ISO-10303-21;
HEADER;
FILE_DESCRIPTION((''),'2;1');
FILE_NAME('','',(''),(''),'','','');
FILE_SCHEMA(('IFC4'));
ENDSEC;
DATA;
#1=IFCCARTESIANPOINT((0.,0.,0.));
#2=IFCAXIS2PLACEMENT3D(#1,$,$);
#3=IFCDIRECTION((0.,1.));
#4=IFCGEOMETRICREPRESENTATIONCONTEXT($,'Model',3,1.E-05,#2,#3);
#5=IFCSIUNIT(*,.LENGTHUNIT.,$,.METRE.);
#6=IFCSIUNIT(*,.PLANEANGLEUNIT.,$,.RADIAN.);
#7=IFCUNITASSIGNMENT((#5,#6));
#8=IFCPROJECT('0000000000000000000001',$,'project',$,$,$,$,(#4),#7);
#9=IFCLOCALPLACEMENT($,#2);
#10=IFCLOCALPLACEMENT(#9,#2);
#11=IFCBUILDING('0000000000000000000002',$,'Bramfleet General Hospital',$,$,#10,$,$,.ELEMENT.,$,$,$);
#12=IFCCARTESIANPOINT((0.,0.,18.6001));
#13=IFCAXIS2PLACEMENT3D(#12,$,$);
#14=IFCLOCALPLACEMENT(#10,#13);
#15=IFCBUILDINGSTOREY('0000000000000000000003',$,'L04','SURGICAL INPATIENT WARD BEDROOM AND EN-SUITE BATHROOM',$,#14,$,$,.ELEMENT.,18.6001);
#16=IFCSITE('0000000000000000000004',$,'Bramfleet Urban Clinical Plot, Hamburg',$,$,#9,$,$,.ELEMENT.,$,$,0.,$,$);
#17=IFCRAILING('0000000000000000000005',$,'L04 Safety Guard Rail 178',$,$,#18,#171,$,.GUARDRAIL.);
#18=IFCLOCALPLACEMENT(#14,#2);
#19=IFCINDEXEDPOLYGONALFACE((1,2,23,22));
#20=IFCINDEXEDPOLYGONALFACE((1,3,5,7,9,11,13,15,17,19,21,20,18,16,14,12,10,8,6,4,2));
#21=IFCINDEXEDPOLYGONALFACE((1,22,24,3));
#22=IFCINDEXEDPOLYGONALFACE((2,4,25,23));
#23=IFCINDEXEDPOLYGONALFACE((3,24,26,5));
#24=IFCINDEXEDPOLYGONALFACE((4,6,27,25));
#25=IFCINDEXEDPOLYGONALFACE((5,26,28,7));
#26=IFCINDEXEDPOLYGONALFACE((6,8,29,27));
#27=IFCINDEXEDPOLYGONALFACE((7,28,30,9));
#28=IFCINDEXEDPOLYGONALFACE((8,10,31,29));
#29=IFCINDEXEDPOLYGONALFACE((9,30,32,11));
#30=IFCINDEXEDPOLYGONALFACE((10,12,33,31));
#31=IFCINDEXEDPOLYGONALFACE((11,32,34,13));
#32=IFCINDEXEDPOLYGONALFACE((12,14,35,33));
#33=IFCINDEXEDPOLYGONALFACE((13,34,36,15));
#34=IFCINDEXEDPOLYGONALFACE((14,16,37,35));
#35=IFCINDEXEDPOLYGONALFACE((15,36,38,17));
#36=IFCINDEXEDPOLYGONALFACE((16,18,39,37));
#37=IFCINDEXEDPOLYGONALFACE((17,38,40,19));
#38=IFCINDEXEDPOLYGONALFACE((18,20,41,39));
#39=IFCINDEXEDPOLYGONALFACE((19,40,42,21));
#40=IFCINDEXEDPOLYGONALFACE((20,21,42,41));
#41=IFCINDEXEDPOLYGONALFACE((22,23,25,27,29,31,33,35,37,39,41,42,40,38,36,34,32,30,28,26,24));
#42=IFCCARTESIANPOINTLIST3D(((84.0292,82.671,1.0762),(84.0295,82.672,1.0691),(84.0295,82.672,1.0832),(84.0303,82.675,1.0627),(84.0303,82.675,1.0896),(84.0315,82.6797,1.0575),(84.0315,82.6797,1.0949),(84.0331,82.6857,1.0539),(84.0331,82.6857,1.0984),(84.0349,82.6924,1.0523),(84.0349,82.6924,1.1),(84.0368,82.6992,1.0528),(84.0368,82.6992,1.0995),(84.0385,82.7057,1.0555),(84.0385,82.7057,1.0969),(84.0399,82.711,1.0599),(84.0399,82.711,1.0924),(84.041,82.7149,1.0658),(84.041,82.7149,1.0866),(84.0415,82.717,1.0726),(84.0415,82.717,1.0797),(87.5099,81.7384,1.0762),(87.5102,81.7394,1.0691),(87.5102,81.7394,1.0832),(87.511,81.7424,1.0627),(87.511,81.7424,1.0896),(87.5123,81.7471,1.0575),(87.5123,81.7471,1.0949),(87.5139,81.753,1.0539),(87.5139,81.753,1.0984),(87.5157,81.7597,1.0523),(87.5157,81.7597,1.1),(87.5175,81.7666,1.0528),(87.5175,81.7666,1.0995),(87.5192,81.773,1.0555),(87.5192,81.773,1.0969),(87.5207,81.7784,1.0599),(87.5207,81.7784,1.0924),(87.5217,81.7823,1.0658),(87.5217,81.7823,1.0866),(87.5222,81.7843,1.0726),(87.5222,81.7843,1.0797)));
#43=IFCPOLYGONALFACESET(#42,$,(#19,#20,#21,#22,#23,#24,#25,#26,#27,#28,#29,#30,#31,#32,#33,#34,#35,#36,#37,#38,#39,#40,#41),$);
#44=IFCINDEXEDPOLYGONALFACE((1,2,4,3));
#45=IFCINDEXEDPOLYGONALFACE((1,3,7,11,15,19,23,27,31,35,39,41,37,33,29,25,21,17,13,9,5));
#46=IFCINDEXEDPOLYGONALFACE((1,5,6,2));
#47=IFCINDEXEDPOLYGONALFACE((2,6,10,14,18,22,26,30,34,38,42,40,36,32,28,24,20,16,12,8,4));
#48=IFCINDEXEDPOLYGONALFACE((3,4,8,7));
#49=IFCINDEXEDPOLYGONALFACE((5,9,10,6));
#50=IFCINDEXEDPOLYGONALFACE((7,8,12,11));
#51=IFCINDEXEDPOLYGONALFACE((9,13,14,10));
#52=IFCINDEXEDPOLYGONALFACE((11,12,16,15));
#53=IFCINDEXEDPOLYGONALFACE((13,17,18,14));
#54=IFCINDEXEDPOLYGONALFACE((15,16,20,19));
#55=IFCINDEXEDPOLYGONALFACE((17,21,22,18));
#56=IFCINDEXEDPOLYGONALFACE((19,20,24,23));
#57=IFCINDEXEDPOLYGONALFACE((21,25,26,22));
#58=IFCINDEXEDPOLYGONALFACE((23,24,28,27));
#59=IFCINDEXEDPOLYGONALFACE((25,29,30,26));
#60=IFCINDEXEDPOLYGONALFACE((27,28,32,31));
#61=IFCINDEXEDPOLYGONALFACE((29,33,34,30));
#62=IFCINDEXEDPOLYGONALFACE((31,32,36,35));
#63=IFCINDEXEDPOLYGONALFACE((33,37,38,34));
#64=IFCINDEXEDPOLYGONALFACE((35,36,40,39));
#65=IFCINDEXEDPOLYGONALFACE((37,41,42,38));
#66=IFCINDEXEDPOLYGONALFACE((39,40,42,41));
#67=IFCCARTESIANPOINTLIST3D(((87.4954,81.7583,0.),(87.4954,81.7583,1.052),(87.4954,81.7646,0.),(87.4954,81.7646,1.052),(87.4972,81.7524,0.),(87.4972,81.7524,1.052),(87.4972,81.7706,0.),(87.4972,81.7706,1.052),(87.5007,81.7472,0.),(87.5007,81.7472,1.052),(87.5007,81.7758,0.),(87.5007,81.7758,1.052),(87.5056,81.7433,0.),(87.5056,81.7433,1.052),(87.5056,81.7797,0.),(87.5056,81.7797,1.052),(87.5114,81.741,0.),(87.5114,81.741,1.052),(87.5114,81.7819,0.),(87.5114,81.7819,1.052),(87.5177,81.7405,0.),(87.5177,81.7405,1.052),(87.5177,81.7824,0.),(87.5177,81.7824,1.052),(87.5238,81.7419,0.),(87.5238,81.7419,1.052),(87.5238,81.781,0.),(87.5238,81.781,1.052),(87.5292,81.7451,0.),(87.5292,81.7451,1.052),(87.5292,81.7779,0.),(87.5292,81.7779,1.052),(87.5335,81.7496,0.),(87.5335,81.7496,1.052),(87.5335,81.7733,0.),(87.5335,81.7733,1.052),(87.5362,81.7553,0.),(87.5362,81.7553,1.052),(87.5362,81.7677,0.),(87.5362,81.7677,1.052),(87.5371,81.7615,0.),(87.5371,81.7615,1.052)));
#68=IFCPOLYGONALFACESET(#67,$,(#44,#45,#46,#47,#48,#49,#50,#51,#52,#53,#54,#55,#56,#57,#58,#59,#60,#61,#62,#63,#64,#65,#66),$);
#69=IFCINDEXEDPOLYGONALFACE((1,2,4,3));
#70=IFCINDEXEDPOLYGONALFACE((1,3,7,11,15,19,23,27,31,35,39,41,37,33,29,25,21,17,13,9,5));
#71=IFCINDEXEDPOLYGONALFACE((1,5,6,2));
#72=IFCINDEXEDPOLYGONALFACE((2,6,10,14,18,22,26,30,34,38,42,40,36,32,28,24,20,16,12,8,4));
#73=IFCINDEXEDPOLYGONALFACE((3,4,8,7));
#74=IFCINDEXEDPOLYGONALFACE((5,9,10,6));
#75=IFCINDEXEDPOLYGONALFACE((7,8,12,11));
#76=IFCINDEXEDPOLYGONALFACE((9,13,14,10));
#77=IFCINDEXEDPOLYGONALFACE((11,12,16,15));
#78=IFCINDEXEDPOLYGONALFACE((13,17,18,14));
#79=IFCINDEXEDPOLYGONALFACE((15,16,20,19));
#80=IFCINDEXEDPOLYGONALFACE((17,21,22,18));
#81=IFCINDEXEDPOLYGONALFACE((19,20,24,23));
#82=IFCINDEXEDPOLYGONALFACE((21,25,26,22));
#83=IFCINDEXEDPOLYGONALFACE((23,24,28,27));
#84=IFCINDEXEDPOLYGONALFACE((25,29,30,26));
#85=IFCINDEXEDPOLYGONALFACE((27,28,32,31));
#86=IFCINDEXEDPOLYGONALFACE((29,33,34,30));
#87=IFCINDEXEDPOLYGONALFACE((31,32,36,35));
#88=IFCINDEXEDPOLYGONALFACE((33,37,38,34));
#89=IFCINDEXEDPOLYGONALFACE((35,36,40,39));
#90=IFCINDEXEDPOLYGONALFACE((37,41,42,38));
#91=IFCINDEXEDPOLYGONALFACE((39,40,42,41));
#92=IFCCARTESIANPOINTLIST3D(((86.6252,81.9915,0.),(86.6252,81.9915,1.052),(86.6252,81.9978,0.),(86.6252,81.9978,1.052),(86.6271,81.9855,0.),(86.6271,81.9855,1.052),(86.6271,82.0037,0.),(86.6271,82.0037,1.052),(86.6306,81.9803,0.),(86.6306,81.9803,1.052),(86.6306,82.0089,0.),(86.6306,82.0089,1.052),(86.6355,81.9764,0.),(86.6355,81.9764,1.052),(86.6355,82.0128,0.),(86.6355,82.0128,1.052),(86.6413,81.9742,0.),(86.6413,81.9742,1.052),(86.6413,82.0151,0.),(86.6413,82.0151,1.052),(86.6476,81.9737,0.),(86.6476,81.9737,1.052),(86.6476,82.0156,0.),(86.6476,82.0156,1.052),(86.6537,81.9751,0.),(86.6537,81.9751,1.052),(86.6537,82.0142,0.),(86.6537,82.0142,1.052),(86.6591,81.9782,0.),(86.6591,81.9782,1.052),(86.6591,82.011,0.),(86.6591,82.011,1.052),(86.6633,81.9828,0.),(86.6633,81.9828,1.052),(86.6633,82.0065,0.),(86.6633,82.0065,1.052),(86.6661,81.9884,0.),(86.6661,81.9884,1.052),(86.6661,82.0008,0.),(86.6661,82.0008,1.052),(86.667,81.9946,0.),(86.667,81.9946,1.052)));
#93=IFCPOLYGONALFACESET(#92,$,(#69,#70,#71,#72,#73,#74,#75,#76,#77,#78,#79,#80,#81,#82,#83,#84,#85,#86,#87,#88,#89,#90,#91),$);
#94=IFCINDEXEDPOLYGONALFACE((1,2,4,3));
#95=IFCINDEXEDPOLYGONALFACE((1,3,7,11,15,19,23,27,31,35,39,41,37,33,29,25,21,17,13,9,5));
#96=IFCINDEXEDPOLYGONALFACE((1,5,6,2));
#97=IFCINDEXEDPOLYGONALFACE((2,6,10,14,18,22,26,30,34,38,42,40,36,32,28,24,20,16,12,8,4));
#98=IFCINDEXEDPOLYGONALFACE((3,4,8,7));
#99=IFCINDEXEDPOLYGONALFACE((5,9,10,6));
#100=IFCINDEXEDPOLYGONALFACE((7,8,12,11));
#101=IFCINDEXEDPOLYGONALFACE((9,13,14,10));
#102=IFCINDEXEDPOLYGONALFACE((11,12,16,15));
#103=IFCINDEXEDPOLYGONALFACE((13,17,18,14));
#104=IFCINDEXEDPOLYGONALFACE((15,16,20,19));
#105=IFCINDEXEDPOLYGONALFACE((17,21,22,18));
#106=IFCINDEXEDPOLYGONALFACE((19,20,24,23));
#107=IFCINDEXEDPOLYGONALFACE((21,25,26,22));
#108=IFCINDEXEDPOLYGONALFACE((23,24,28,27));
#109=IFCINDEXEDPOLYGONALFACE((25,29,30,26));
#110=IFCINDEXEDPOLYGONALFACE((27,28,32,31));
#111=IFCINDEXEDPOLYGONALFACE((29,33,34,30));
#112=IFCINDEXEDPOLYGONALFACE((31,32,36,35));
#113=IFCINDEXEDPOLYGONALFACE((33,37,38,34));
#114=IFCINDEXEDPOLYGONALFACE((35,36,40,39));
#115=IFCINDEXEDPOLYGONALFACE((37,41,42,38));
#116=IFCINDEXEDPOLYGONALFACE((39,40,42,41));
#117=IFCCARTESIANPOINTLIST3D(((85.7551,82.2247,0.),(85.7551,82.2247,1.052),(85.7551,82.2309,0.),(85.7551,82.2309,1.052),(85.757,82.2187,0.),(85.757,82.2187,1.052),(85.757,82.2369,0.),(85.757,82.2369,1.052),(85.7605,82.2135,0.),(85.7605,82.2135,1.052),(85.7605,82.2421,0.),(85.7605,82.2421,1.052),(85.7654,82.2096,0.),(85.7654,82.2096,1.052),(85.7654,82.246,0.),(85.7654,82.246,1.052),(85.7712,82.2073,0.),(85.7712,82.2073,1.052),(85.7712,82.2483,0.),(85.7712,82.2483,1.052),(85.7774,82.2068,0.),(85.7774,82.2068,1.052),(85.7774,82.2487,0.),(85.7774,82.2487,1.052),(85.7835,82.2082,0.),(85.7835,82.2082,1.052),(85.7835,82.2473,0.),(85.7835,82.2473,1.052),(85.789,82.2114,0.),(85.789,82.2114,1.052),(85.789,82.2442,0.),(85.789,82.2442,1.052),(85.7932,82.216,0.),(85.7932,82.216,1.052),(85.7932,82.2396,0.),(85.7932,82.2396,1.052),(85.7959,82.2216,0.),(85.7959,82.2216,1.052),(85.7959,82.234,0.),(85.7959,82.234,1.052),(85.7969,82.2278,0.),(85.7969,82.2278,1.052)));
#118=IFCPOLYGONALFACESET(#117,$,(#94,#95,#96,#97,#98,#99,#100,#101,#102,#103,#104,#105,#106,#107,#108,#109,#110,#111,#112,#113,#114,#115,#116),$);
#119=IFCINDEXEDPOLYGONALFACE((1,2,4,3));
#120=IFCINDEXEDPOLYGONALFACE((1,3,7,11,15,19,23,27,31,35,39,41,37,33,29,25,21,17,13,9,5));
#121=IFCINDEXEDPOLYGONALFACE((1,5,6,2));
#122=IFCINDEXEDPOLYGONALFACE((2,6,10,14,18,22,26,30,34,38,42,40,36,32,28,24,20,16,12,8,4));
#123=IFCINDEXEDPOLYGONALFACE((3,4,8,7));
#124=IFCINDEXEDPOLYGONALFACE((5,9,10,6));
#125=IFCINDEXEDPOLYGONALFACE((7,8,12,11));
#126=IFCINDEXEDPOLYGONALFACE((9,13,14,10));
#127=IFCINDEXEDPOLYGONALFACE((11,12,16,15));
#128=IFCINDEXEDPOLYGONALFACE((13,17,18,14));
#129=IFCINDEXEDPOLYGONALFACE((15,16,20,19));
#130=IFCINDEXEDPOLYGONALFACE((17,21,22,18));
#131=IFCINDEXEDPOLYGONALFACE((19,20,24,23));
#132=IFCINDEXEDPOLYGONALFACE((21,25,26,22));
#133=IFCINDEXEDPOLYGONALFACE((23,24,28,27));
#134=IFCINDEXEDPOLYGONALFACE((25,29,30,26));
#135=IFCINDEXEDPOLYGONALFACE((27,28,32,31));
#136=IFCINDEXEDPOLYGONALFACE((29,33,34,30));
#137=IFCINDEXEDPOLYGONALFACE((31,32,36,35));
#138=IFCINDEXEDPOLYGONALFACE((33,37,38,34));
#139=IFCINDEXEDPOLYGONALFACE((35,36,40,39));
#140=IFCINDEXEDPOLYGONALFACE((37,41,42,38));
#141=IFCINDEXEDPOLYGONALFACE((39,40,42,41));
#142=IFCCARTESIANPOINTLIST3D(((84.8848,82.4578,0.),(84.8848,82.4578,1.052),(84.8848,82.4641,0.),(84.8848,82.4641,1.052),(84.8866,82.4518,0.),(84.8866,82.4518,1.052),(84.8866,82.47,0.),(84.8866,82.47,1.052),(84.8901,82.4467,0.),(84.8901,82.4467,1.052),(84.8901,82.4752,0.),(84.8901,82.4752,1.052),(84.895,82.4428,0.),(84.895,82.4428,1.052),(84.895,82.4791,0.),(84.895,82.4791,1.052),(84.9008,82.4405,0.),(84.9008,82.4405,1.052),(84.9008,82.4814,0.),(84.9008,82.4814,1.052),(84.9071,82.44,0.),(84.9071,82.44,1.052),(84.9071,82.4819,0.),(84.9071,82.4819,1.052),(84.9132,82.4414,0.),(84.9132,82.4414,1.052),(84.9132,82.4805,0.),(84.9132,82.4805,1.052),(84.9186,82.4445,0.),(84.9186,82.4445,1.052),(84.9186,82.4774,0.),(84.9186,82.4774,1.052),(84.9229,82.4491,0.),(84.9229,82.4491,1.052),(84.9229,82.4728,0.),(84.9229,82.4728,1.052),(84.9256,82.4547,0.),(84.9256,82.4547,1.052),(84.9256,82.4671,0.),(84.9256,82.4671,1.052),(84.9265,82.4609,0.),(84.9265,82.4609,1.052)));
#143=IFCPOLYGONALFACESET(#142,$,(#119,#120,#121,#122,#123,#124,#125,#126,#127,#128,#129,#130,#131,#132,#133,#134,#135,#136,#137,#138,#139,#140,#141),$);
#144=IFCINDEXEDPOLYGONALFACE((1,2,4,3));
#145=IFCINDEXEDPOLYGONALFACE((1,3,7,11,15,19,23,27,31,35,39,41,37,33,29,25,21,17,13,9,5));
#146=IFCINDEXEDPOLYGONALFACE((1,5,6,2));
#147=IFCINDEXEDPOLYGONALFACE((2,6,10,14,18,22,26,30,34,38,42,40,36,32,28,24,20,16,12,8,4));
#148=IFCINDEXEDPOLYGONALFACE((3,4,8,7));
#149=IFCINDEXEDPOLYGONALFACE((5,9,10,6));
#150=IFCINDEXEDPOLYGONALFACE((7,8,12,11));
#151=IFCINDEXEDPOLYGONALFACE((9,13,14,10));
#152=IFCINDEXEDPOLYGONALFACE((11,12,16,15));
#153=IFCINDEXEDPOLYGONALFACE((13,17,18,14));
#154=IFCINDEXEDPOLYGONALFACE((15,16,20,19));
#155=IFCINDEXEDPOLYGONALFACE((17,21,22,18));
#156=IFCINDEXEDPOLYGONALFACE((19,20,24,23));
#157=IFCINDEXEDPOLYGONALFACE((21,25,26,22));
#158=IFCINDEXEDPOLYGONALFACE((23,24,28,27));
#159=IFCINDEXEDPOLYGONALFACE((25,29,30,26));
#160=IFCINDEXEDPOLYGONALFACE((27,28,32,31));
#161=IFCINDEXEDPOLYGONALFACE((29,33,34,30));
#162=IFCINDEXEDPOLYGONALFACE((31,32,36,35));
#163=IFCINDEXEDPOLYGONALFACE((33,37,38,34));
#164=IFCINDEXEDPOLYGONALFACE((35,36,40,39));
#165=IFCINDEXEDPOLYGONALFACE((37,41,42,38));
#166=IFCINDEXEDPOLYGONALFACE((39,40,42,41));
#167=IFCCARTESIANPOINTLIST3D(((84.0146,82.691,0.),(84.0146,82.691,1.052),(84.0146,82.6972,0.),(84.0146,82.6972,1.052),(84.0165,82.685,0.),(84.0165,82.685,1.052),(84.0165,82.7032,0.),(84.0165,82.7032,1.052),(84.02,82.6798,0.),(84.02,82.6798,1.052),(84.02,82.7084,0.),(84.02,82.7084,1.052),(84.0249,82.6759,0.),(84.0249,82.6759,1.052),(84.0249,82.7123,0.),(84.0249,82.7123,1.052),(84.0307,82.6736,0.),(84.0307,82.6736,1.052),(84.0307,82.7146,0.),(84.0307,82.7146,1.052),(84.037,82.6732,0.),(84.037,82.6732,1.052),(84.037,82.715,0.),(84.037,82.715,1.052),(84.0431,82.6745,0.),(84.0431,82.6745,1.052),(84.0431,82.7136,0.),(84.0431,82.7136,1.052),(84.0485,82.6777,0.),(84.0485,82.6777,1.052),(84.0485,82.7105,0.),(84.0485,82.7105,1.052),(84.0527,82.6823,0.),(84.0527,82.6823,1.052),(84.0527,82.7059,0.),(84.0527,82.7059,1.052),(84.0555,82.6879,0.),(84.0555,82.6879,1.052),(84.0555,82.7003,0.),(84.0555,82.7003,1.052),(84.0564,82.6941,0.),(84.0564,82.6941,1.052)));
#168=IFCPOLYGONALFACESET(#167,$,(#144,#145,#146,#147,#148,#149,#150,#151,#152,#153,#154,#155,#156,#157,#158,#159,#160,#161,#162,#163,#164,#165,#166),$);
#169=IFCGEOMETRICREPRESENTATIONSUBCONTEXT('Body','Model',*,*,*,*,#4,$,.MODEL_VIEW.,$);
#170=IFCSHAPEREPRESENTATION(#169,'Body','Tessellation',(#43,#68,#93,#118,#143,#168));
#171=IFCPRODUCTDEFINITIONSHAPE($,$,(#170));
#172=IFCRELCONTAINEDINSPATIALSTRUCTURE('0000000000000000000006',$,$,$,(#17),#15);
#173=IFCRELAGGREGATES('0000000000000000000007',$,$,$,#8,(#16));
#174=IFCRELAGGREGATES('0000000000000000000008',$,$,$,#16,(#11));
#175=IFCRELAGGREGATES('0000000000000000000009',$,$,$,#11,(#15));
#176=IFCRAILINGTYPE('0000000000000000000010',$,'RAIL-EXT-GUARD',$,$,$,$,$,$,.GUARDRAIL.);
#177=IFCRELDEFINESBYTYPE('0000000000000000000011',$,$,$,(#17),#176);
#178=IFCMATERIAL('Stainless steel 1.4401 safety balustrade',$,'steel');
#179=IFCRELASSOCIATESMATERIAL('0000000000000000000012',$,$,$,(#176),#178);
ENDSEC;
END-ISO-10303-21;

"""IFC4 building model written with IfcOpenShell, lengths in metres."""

from ifc_helpers import new_model, si_unit, direction, frame, origin, origin_2d, place, context, subcontext, project, spatial, circle, extrude, material, type_object, element, save


model = new_model("IFC4")

# Units and contexts
model_context = context("Model", 3, precision=1e-05, world=origin(), true_north=direction((0.0, 1.0)))
body_context = subcontext(model_context, "Body", "Model", "MODEL_VIEW")
ifc_project = project(units=[si_unit("LENGTHUNIT", "METRE"), si_unit("PLANEANGLEUNIT", "RADIAN")], contexts=[model_context])

# Site, building, storey
site_placement = place(None, origin())
site = spatial("IfcSite", under=ifc_project, at=site_placement, Name="Bramfleet Urban Clinical Plot, Hamburg", CompositionType="ELEMENT", RefElevation=0.0)
building_placement = place(site_placement, origin())
building = spatial("IfcBuilding", under=site, at=building_placement, Name="Bramfleet General Hospital", CompositionType="ELEMENT")
storey_placement = place(building_placement, frame((0.0, 0.0, 18.6001)))
storey = spatial("IfcBuildingStorey", under=building, at=storey_placement, Name="L04", Description="SURGICAL INPATIENT WARD BEDROOM AND EN-SUITE BATHROOM", CompositionType="ELEMENT", Elevation=18.6001)

# Railing
ifc_material_1 = material(Name="Stainless steel 1.4401 safety balustrade", Category="steel")
railing_type = type_object("IfcRailingType", Name="RAIL-EXT-GUARD", PredefinedType="GUARDRAIL", material=ifc_material_1)
railing_1_placement = place(storey_placement, frame((87.5161, 81.7615, 0.0)))
element("IfcRailing", 1, at=railing_1_placement, inside=storey, type_object=railing_type, Name="L04 Safety Guard Rail 178", PredefinedType="GUARDRAIL", context=body_context, shape_type="SweptSolid", body=[
    extrude(circle(Radius=0.0239, at=origin_2d()), frame((0.0, 0.0, 1.0762), z_axis=(-0.965928, 0.258809, 0.0), x_axis=(-0.258809, -0.965928, 0.0)), (0.0, 0.0, 1.0), 3.6035),
    extrude(circle(Radius=0.021, at=origin_2d()), origin(), (0.0, 0.0, 1.0), 1.052),
    extrude(circle(Radius=0.021, at=origin_2d()), frame((-0.8701, 0.2332, 0.0)), (0.0, 0.0, 1.0), 1.052),
    extrude(circle(Radius=0.021, at=origin_2d()), frame((-1.7402, 0.4663, 0.0)), (0.0, 0.0, 1.0), 1.052),
    extrude(circle(Radius=0.021, at=origin_2d()), frame((-2.6106, 0.6995, 0.0)), (0.0, 0.0, 1.0), 1.052),
    extrude(circle(Radius=0.021, at=origin_2d()), frame((-3.4807, 0.9326, 0.0)), (0.0, 0.0, 1.0), 1.052),
])

save(model, "model.ifc")
